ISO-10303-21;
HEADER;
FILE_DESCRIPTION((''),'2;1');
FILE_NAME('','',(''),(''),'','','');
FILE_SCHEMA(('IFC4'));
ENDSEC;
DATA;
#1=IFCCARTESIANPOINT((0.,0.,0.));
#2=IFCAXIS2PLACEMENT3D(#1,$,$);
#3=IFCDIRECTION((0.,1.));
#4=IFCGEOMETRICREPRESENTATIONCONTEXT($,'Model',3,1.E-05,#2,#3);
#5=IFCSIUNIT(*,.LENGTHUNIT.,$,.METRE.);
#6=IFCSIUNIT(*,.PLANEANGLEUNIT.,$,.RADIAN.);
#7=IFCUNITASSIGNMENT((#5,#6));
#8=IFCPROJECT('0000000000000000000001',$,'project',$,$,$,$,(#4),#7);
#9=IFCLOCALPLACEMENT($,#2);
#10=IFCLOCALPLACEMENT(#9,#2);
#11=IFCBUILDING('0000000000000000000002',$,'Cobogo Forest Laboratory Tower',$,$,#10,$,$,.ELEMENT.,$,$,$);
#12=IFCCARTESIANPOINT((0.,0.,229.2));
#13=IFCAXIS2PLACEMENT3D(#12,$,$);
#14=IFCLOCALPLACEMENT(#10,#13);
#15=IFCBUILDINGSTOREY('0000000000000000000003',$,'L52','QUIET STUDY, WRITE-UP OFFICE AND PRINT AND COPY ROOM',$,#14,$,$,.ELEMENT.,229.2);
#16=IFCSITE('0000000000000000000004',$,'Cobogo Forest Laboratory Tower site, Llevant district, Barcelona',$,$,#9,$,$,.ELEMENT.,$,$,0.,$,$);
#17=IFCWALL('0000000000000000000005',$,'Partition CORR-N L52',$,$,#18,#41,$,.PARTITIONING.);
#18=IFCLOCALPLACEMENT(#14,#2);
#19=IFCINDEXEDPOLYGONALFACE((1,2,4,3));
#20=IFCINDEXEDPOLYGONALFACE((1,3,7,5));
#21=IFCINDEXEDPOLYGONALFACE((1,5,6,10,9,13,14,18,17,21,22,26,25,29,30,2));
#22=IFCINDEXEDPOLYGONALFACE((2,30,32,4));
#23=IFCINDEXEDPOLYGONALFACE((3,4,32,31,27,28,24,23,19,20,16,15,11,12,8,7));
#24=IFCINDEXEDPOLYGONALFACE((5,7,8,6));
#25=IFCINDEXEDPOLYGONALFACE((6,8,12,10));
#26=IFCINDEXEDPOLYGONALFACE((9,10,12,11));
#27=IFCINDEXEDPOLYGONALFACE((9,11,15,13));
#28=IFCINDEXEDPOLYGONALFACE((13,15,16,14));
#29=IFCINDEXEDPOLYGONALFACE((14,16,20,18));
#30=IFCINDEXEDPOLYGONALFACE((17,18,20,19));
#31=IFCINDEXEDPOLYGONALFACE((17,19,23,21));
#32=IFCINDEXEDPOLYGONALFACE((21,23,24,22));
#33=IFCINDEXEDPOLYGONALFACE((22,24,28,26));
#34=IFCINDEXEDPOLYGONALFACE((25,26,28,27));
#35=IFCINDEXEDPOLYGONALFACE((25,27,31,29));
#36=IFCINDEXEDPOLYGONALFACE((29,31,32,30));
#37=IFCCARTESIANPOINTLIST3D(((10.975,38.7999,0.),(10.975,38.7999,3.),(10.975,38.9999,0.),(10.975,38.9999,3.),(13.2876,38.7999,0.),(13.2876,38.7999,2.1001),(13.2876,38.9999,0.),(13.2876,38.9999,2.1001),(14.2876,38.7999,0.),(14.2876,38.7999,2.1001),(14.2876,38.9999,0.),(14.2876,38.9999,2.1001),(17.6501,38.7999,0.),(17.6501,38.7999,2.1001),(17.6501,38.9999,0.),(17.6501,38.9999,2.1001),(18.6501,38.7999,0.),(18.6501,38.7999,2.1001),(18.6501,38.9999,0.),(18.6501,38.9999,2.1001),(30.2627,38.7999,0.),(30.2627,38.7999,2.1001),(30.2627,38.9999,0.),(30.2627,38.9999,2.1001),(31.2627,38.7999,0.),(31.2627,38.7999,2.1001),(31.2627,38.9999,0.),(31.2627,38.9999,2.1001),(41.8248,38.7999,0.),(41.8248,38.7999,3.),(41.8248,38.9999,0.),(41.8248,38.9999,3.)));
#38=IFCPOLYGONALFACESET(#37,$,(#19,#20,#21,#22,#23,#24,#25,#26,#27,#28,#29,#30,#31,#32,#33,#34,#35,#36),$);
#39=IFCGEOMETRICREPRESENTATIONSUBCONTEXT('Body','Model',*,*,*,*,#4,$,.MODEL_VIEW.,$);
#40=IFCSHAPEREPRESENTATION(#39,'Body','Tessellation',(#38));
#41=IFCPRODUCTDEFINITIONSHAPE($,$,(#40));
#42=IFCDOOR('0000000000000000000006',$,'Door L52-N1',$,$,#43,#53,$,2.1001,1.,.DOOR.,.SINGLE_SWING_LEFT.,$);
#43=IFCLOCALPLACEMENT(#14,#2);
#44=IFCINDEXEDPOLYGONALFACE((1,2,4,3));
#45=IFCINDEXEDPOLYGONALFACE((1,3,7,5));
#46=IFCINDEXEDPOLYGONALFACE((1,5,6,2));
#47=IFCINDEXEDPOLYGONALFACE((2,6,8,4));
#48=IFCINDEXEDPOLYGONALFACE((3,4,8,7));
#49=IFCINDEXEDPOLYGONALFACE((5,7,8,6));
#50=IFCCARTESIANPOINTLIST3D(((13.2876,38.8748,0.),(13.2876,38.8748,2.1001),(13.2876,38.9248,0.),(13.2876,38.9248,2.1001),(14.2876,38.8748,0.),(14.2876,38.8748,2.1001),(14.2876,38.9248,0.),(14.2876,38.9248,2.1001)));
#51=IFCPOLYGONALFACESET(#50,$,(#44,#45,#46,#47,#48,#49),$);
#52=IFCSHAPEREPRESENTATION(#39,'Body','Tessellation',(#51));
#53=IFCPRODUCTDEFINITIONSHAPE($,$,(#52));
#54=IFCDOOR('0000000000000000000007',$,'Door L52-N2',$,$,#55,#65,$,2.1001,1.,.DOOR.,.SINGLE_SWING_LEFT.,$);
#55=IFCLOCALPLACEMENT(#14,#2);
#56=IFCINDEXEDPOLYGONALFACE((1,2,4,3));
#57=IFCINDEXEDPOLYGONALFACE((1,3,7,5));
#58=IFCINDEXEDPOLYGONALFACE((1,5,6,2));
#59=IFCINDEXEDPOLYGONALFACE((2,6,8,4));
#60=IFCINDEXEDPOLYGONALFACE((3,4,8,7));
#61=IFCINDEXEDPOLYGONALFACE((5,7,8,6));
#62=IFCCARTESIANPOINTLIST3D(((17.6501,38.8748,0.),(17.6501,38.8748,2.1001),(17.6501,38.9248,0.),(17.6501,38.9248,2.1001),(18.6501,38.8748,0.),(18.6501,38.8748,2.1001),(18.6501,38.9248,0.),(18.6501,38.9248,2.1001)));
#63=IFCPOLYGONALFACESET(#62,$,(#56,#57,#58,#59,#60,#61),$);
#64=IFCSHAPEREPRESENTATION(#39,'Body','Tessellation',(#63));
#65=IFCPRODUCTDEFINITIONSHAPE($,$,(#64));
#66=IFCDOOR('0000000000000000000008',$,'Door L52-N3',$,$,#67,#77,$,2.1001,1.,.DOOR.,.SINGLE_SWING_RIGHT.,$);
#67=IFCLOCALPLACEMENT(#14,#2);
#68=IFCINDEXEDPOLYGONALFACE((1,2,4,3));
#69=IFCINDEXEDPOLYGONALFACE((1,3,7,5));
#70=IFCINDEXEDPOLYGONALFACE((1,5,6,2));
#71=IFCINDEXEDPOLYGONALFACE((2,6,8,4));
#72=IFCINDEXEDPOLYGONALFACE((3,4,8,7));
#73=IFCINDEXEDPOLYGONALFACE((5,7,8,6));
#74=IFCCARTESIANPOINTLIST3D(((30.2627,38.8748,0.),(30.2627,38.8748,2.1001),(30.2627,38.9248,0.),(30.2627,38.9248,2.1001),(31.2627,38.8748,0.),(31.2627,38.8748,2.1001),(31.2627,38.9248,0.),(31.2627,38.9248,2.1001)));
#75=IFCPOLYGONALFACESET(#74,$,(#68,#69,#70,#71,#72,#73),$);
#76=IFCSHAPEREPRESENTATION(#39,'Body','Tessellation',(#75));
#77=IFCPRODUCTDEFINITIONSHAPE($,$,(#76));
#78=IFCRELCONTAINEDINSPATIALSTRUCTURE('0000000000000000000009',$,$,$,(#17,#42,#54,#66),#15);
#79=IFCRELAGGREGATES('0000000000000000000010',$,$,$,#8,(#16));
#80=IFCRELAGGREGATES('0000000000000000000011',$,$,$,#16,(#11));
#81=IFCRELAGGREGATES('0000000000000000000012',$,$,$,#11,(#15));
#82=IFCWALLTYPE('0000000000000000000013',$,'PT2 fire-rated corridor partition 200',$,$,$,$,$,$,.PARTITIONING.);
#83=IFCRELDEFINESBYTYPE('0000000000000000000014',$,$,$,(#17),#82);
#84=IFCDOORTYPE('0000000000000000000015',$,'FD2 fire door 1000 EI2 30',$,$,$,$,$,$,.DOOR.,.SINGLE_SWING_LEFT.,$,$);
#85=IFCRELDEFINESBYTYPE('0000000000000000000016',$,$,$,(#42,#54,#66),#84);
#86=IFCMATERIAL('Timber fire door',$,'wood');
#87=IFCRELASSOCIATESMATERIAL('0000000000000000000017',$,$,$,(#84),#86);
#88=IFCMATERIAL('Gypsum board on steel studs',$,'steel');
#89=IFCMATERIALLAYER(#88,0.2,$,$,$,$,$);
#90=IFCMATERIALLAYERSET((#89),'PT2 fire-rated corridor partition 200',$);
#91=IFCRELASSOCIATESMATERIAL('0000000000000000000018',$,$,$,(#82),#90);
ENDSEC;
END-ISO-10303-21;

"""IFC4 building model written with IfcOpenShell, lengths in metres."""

from ifc_helpers import new_model, si_unit, direction, frame, frame_2d, origin, place, context, subcontext, project, spatial, rectangle, extrude, material, layer, layer_set, type_object, element, fill, save


model = new_model("IFC4")

# Units and contexts
model_context = context("Model", 3, precision=1e-05, world=origin(), true_north=direction((0.0, 1.0)))
body_context = subcontext(model_context, "Body", "Model", "MODEL_VIEW")
ifc_project = project(units=[si_unit("LENGTHUNIT", "METRE"), si_unit("PLANEANGLEUNIT", "RADIAN")], contexts=[model_context])

# Site, building, storey
site_placement = place(None, origin())
site = spatial("IfcSite", under=ifc_project, at=site_placement, Name="Cobogo Forest Laboratory Tower site, Llevant district, Barcelona", CompositionType="ELEMENT", RefElevation=0.0)
building_placement = place(site_placement, origin())
building = spatial("IfcBuilding", under=site, at=building_placement, Name="Cobogo Forest Laboratory Tower", CompositionType="ELEMENT")
storey_placement = place(building_placement, frame((0.0, 0.0, 229.2)))
storey = spatial("IfcBuildingStorey", under=building, at=storey_placement, Name="L52", Description="QUIET STUDY, WRITE-UP OFFICE AND PRINT AND COPY ROOM", CompositionType="ELEMENT", Elevation=229.2)

# Shared definitions
ifc_material_1 = material(Name="Gypsum board on steel studs", Category="steel")
ifc_material_2 = material(Name="Timber fire door", Category="wood")
door_type_1 = type_object("IfcDoorType", Name="FD2 fire door 1000 EI2 30", OperationType="SINGLE_SWING_LEFT", PredefinedType="DOOR", material=ifc_material_2)

# Wall, openings, doors
ifc_layer_1 = layer(ifc_material_1, 0.2)
ifc_layer_set_1 = layer_set([ifc_layer_1], Name="PT2 fire-rated corridor partition 200")
wall_type_1 = type_object("IfcWallType", Name="PT2 fire-rated corridor partition 200", PredefinedType="PARTITIONING", material=ifc_layer_set_1)
wall_1_placement = place(storey_placement, frame((10.9751, 38.8999, 0.0), z_axis=(0.0, 0.0, 1.0), x_axis=(1.0, 0.0, 0.0)))
wall_1 = element("IfcWall", 1, at=wall_1_placement, inside=storey, type_object=wall_type_1, Name="Partition CORR-N L52", PredefinedType="PARTITIONING", context=body_context, shape_type="SweptSolid", body=[
    extrude(rectangle(XDim=30.8499, YDim=0.2, at=frame_2d((15.4248, 0.0))), origin(), (0.0, 0.0, 1.0), 3.0),
])
opening_1_placement = place(wall_1_placement, frame((2.3125, 0.0, 0.0)))
opening_1 = element("IfcOpeningElement", 2, at=opening_1_placement, cuts=wall_1, PredefinedType="OPENING", context=body_context, shape_type="SweptSolid", body=[
    extrude(rectangle(XDim=1.0, YDim=2.1001, at=frame_2d((0.5, 1.05))), frame((0.0, 0.1099, 0.0), z_axis=(0.0, -1.0, 0.0), x_axis=(1.0, 0.0, 0.0)), (0.0, 0.0, 1.0), 0.22),
])
opening_2_placement = place(wall_1_placement, frame((6.675, 0.0, 0.0)))
opening_2 = element("IfcOpeningElement", 3, at=opening_2_placement, cuts=wall_1, PredefinedType="OPENING", context=body_context, shape_type="SweptSolid", body=[
    extrude(rectangle(XDim=1.0, YDim=2.1001, at=frame_2d((0.5, 1.05))), frame((0.0, 0.1099, 0.0), z_axis=(0.0, -1.0, 0.0), x_axis=(1.0, 0.0, 0.0)), (0.0, 0.0, 1.0), 0.22),
])
opening_3_placement = place(wall_1_placement, frame((19.2876, 0.0, 0.0)))
opening_3 = element("IfcOpeningElement", 4, at=opening_3_placement, cuts=wall_1, PredefinedType="OPENING", context=body_context, shape_type="SweptSolid", body=[
    extrude(rectangle(XDim=1.0, YDim=2.1001, at=frame_2d((0.5, 1.05))), frame((0.0, 0.1099, 0.0), z_axis=(0.0, -1.0, 0.0), x_axis=(1.0, 0.0, 0.0)), (0.0, 0.0, 1.0), 0.22),
])
door_1_placement = place(opening_1_placement, origin())
door_1 = element("IfcDoor", 5, at=door_1_placement, inside=storey, type_object=door_type_1, Name="Door L52-N1", OperationType="SINGLE_SWING_LEFT", OverallHeight=2.1001, OverallWidth=1.0, PredefinedType="DOOR", context=body_context, shape_type="SweptSolid", body=[
    extrude(rectangle(XDim=1.0, YDim=2.1001, at=frame_2d((0.5, 1.05))), frame((0.0, 0.0249, 0.0), z_axis=(0.0, -1.0, 0.0), x_axis=(1.0, 0.0, 0.0)), (0.0, 0.0, 1.0), 0.05),
])
fill(opening_1, door_1)
door_2_placement = place(opening_2_placement, origin())
door_2 = element("IfcDoor", 6, at=door_2_placement, inside=storey, type_object=door_type_1, Name="Door L52-N2", OperationType="SINGLE_SWING_LEFT", OverallHeight=2.1001, OverallWidth=1.0, PredefinedType="DOOR", context=body_context, shape_type="SweptSolid", body=[
    extrude(rectangle(XDim=1.0, YDim=2.1001, at=frame_2d((0.5, 1.05))), frame((0.0, 0.0249, 0.0), z_axis=(0.0, -1.0, 0.0), x_axis=(1.0, 0.0, 0.0)), (0.0, 0.0, 1.0), 0.05),
])
fill(opening_2, door_2)
door_3_placement = place(opening_3_placement, origin())
door_3 = element("IfcDoor", 7, at=door_3_placement, inside=storey, type_object=door_type_1, Name="Door L52-N3", OperationType="SINGLE_SWING_RIGHT", OverallHeight=2.1001, OverallWidth=1.0, PredefinedType="DOOR", context=body_context, shape_type="SweptSolid", body=[
    extrude(rectangle(XDim=1.0, YDim=2.1001, at=frame_2d((0.5, 1.05))), frame((0.0, 0.0249, 0.0), z_axis=(0.0, -1.0, 0.0), x_axis=(1.0, 0.0, 0.0)), (0.0, 0.0, 1.0), 0.05),
])
fill(opening_3, door_3)

save(model, "model.ifc")
